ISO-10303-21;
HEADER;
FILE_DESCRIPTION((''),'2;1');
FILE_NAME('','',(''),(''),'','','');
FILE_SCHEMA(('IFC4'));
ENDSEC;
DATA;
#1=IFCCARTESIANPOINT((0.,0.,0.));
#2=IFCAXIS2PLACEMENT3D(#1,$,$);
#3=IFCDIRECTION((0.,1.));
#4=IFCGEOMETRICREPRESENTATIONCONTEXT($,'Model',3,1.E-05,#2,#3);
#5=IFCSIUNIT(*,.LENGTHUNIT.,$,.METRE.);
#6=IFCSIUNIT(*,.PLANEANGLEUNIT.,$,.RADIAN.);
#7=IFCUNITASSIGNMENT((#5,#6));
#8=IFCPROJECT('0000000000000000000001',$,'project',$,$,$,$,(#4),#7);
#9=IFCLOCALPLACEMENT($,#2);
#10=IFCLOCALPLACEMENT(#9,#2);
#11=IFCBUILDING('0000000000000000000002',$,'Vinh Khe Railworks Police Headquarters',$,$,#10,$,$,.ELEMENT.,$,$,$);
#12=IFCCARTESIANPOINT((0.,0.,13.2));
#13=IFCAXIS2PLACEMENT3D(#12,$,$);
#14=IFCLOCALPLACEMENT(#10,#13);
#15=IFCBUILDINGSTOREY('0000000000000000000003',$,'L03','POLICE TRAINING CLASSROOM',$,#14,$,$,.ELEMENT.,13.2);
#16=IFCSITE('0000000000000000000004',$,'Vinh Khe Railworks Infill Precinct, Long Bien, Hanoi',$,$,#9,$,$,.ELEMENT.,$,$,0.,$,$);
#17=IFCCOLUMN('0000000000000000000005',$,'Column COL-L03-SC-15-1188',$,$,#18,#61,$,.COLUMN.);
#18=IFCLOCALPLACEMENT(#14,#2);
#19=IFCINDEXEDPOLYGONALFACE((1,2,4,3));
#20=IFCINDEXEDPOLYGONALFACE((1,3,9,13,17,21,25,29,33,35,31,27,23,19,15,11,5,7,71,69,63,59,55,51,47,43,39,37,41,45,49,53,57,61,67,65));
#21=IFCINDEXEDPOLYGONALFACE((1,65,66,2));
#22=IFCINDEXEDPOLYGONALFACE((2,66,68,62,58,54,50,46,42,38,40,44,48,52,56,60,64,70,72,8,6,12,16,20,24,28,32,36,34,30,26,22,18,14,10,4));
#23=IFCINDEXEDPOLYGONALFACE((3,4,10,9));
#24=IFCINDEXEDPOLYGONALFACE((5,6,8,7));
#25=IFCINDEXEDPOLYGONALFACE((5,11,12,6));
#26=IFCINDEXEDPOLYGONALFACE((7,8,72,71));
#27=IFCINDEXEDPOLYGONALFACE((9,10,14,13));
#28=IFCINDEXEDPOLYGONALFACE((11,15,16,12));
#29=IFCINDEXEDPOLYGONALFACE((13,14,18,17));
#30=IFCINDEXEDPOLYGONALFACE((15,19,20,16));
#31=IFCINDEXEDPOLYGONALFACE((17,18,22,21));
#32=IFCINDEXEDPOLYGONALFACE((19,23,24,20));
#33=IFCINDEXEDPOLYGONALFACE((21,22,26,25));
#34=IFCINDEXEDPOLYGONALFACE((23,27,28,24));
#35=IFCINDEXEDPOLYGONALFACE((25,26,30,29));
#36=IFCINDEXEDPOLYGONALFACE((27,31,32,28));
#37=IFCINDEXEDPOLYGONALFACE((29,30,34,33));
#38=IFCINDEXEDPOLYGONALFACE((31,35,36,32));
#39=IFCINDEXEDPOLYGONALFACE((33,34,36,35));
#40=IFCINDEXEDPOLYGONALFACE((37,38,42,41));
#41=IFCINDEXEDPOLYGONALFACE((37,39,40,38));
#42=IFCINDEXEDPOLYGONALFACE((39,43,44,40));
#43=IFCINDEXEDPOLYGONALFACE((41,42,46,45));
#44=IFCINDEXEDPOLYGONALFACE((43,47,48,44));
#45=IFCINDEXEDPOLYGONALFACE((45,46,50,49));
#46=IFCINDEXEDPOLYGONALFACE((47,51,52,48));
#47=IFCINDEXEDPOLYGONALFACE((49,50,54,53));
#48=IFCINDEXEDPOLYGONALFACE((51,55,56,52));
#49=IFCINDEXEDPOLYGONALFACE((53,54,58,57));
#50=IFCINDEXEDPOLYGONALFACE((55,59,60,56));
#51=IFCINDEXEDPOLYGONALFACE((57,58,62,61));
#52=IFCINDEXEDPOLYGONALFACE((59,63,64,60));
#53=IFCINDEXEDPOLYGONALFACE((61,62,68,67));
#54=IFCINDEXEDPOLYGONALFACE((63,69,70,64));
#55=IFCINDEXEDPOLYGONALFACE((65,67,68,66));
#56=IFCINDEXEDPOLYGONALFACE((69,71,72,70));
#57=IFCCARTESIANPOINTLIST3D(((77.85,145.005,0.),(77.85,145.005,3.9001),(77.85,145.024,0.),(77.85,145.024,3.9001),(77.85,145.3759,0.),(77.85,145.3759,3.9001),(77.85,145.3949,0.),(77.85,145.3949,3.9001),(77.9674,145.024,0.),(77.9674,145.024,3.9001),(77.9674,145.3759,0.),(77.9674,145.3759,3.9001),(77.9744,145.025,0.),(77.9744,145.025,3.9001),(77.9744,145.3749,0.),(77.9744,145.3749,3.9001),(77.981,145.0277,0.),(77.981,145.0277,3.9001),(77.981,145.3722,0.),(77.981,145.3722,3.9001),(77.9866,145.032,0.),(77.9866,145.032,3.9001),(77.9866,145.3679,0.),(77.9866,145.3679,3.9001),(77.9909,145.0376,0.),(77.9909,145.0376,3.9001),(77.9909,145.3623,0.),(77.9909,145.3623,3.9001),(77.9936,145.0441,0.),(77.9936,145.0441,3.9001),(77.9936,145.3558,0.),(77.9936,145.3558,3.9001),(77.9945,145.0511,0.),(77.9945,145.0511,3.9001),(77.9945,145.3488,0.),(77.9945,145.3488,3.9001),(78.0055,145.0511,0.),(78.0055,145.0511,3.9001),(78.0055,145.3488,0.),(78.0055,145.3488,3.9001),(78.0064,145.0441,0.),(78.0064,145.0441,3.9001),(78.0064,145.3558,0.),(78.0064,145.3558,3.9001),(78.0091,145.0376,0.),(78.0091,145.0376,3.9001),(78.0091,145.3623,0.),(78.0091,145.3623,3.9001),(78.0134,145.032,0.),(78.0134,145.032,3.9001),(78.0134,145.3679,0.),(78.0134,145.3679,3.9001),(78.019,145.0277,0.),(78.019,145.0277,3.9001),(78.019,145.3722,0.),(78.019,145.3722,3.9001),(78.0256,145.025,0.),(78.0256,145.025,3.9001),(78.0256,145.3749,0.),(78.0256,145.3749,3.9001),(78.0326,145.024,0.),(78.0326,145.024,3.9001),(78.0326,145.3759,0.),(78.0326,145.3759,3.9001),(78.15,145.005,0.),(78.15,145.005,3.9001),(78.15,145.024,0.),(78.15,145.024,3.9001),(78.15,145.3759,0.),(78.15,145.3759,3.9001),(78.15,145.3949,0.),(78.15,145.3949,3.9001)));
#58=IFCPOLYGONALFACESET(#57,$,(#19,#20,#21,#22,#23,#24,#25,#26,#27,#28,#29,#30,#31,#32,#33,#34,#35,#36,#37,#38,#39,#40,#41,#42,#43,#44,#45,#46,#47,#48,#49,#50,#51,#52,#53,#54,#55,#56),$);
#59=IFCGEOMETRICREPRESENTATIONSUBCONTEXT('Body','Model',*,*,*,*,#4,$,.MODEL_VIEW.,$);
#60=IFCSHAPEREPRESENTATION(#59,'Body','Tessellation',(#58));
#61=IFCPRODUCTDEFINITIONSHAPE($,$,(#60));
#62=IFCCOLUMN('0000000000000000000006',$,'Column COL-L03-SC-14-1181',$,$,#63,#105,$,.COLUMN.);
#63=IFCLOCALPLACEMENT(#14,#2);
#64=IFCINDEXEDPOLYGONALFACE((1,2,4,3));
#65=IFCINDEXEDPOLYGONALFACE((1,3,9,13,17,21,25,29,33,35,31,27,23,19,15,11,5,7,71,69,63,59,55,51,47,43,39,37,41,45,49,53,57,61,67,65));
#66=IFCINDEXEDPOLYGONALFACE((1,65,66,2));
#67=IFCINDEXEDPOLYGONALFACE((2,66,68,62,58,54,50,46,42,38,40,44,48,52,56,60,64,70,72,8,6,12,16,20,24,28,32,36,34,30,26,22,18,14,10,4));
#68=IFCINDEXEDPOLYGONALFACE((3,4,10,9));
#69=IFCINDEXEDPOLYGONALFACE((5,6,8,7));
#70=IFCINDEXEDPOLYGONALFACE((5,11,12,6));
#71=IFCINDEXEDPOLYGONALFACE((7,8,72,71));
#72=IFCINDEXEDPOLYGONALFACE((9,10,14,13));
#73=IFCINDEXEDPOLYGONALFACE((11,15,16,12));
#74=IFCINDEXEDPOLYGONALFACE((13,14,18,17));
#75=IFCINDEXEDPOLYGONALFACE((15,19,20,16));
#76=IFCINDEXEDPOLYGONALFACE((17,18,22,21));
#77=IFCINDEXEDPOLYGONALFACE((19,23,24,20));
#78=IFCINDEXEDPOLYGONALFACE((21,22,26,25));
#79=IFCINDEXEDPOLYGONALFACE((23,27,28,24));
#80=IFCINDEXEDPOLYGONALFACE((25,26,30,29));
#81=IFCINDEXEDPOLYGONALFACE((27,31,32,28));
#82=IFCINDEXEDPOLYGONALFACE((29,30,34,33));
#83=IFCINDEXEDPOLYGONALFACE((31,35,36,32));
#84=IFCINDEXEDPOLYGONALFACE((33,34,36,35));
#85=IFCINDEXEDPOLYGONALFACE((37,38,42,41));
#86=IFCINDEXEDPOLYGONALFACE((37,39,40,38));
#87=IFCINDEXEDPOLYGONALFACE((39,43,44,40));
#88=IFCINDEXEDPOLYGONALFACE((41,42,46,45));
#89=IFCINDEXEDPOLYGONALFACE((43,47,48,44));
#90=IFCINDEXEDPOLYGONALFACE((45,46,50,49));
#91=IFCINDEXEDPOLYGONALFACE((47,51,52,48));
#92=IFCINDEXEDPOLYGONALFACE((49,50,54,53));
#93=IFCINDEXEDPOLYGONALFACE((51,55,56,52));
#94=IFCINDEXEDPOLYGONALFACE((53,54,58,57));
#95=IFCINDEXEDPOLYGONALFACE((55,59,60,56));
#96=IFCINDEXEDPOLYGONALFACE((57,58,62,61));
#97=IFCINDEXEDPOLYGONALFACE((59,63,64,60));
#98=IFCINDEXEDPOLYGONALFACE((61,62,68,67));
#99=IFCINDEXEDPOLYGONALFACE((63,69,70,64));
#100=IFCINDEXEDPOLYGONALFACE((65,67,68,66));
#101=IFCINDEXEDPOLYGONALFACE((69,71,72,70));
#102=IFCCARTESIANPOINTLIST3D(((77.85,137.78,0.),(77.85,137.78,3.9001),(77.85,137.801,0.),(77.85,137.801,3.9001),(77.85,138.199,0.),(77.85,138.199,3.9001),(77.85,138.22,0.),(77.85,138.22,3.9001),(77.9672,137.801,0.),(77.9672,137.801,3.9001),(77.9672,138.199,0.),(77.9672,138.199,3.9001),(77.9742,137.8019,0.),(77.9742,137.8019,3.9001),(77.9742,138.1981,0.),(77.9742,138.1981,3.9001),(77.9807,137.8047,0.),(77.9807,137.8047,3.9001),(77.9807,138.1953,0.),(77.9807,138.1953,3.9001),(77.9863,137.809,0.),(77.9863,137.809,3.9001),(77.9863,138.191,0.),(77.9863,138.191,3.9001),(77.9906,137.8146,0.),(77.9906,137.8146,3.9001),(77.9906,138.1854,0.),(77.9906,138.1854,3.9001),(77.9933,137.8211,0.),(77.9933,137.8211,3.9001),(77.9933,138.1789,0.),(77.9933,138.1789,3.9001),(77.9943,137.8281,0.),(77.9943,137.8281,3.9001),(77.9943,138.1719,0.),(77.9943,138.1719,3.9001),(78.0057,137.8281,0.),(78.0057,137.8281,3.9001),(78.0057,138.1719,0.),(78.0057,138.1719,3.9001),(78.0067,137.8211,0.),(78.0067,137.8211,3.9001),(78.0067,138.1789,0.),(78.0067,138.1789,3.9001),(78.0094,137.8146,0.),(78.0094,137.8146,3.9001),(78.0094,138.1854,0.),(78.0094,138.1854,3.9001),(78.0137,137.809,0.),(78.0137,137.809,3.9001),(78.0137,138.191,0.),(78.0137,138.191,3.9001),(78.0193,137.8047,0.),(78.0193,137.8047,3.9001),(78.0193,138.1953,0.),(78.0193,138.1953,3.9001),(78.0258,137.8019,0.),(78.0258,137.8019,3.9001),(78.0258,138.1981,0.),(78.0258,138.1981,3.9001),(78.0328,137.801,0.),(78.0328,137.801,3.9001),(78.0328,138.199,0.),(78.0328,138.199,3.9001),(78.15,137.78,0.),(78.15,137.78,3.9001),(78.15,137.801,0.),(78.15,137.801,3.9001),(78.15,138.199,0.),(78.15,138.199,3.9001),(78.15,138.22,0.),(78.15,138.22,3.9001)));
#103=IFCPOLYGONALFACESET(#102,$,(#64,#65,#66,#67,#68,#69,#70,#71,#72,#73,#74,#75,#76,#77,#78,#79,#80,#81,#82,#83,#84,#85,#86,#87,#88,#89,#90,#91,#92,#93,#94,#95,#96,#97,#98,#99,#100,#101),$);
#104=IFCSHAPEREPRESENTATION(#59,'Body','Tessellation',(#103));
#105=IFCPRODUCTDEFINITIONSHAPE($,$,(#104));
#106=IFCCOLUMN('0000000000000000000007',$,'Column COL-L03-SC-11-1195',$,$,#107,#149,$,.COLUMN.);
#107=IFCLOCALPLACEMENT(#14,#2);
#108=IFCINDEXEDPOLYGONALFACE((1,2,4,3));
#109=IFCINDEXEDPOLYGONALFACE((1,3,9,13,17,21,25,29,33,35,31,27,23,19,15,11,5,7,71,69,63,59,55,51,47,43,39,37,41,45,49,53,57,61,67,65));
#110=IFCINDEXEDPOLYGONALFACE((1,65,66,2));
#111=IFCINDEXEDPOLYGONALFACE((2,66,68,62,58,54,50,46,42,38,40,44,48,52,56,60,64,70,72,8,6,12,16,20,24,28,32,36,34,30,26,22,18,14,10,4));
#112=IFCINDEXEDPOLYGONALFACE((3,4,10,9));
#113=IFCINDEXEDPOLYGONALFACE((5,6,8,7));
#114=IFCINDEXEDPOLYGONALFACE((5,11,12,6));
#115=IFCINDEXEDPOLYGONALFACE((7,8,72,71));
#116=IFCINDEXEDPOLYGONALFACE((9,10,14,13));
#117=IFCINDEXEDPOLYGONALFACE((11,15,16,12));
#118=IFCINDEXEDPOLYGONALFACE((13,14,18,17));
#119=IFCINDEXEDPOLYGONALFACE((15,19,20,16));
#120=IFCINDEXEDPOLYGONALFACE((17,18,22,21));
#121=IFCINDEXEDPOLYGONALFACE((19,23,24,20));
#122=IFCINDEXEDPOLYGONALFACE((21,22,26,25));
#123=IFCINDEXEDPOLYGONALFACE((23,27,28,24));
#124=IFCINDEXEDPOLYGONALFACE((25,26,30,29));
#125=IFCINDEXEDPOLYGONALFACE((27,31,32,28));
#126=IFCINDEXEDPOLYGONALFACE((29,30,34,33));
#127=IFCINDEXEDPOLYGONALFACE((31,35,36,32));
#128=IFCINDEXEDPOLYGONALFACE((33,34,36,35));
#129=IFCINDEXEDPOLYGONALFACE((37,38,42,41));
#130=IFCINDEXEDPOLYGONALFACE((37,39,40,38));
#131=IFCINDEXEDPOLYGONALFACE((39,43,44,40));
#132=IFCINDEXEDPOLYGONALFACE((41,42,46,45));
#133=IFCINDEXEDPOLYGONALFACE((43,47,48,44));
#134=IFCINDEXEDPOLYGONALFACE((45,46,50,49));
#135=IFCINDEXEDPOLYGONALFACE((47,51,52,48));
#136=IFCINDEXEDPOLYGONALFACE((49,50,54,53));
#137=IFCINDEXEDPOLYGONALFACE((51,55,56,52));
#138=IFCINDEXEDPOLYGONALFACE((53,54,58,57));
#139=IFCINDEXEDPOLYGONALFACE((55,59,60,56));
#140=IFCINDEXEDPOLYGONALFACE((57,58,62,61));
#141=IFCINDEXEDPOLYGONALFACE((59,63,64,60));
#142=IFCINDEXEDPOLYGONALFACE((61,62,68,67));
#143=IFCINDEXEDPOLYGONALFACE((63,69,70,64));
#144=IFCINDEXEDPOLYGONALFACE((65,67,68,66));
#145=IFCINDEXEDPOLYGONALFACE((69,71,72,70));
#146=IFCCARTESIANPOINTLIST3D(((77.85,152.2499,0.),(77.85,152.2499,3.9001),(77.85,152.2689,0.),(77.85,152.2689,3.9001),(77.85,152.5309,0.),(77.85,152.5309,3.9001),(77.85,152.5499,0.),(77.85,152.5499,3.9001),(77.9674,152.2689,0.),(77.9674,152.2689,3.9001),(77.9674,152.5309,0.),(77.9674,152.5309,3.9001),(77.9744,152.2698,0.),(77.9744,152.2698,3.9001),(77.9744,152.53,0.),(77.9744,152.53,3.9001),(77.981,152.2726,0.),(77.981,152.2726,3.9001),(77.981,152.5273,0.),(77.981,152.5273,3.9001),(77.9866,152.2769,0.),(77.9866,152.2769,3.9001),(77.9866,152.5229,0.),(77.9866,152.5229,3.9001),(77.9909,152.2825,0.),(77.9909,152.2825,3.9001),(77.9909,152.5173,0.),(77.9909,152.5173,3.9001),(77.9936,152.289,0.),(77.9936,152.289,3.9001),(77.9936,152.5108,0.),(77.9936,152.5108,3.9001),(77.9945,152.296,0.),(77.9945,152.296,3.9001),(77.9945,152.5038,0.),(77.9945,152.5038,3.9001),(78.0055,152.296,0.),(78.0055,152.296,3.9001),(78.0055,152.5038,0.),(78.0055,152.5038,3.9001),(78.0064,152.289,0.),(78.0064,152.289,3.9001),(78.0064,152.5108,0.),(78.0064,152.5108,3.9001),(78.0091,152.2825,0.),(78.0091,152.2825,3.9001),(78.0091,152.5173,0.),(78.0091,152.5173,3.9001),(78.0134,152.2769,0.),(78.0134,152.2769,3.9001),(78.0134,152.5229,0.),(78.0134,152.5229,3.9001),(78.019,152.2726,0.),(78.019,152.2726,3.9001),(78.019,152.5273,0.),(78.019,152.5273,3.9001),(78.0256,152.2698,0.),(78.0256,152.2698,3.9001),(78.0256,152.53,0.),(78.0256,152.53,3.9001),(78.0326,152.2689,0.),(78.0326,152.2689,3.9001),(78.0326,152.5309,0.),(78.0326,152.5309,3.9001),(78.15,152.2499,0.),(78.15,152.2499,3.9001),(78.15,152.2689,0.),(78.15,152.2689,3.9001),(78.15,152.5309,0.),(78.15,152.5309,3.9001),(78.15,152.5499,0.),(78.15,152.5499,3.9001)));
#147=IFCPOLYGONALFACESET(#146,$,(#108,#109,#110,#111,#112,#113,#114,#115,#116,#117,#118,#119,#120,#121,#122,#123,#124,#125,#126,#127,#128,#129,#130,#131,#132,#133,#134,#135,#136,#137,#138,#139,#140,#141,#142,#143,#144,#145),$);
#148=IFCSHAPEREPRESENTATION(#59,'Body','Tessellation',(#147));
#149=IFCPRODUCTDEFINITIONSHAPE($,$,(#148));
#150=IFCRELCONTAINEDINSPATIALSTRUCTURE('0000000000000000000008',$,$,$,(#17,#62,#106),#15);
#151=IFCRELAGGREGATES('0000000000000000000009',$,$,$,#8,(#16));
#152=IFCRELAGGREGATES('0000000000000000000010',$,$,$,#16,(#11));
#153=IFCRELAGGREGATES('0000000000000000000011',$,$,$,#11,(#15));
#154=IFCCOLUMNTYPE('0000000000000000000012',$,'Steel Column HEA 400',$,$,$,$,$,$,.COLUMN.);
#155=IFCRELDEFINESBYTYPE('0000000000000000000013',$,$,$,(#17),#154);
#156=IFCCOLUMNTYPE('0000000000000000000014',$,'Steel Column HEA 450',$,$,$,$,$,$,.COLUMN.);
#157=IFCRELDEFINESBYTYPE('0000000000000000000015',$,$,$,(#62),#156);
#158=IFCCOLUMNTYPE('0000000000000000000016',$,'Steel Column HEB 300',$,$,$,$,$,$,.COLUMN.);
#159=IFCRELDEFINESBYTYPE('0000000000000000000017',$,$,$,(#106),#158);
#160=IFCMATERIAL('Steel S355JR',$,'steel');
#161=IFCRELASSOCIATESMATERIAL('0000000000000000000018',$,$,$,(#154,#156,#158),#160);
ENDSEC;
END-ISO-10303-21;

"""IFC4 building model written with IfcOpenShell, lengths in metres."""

from ifc_helpers import new_model, si_unit, direction, frame, origin, origin_2d, place, context, subcontext, project, spatial, i_section, extrude, material, material_profile, profile_set, type_object, element, save


model = new_model("IFC4")

# Units and contexts
model_context = context("Model", 3, precision=1e-05, world=origin(), true_north=direction((0.0, 1.0)))
body_context = subcontext(model_context, "Body", "Model", "MODEL_VIEW")
ifc_project = project(units=[si_unit("LENGTHUNIT", "METRE"), si_unit("PLANEANGLEUNIT", "RADIAN")], contexts=[model_context])

# Site, building, storey
site_placement = place(None, origin())
site = spatial("IfcSite", under=ifc_project, at=site_placement, Name="Vinh Khe Railworks Infill Precinct, Long Bien, Hanoi", CompositionType="ELEMENT", RefElevation=0.0)
building_placement = place(site_placement, origin())
building = spatial("IfcBuilding", under=site, at=building_placement, Name="Vinh Khe Railworks Police Headquarters", CompositionType="ELEMENT")
storey_placement = place(building_placement, frame((0.0, 0.0, 13.2)))
storey = spatial("IfcBuildingStorey", under=building, at=storey_placement, Name="L03", Description="POLICE TRAINING CLASSROOM", CompositionType="ELEMENT", Elevation=13.2)

# Columns
ifc_material_1 = material(Name="Steel S355JR", Category="steel")
ifc_material_profile_1 = material_profile(ifc_material_1, i_section(OverallWidth=0.3, OverallDepth=0.3899, WebThickness=0.011, FlangeThickness=0.019, FilletRadius=0.0271, at=origin_2d()), Name="HEA 400")
ifc_profile_set_1 = profile_set([ifc_material_profile_1], Name="Steel S355JR")
column_type_1 = type_object("IfcColumnType", Name="Steel Column HEA 400", PredefinedType="COLUMN", material=ifc_profile_set_1)
column_1_placement = place(storey_placement, frame((78.0, 145.2, 0.0), z_axis=(0.0, 0.0, 1.0), x_axis=(1.0, 0.0, 0.0)))
element("IfcColumn", 1, at=column_1_placement, inside=storey, type_object=column_type_1, Name="Column COL-L03-SC-15-1188", PredefinedType="COLUMN", context=body_context, shape_type="SweptSolid", body=[
    extrude(i_section(OverallWidth=0.3, OverallDepth=0.3899, WebThickness=0.011, FlangeThickness=0.019, FilletRadius=0.0271, at=origin_2d()), origin(), (0.0, 0.0, 1.0), 3.9001),
])
ifc_material_profile_2 = material_profile(ifc_material_1, i_section(OverallWidth=0.3, OverallDepth=0.4399, WebThickness=0.0115, FlangeThickness=0.021, FilletRadius=0.0271, at=origin_2d()), Name="HEA 450")
ifc_profile_set_2 = profile_set([ifc_material_profile_2], Name="Steel S355JR")
column_type_2 = type_object("IfcColumnType", Name="Steel Column HEA 450", PredefinedType="COLUMN", material=ifc_profile_set_2)
column_2_placement = place(storey_placement, frame((78.0, 138.0, 0.0), z_axis=(0.0, 0.0, 1.0), x_axis=(1.0, 0.0, 0.0)))
element("IfcColumn", 2, at=column_2_placement, inside=storey, type_object=column_type_2, Name="Column COL-L03-SC-14-1181", PredefinedType="COLUMN", context=body_context, shape_type="SweptSolid", body=[
    extrude(i_section(OverallWidth=0.3, OverallDepth=0.4399, WebThickness=0.0115, FlangeThickness=0.021, FilletRadius=0.0271, at=origin_2d()), origin(), (0.0, 0.0, 1.0), 3.9001),
])
ifc_material_profile_3 = material_profile(ifc_material_1, i_section(OverallWidth=0.3, OverallDepth=0.3, WebThickness=0.011, FlangeThickness=0.019, FilletRadius=0.0271, at=origin_2d()), Name="HEB 300")
ifc_profile_set_3 = profile_set([ifc_material_profile_3], Name="Steel S355JR")
column_type_3 = type_object("IfcColumnType", Name="Steel Column HEB 300", PredefinedType="COLUMN", material=ifc_profile_set_3)
column_3_placement = place(storey_placement, frame((78.0, 152.3999, 0.0), z_axis=(0.0, 0.0, 1.0), x_axis=(1.0, 0.0, 0.0)))
element("IfcColumn", 3, at=column_3_placement, inside=storey, type_object=column_type_3, Name="Column COL-L03-SC-11-1195", PredefinedType="COLUMN", context=body_context, shape_type="SweptSolid", body=[
    extrude(i_section(OverallWidth=0.3, OverallDepth=0.3, WebThickness=0.011, FlangeThickness=0.019, FilletRadius=0.0271, at=origin_2d()), origin(), (0.0, 0.0, 1.0), 3.9001),
])

save(model, "model.ifc")
